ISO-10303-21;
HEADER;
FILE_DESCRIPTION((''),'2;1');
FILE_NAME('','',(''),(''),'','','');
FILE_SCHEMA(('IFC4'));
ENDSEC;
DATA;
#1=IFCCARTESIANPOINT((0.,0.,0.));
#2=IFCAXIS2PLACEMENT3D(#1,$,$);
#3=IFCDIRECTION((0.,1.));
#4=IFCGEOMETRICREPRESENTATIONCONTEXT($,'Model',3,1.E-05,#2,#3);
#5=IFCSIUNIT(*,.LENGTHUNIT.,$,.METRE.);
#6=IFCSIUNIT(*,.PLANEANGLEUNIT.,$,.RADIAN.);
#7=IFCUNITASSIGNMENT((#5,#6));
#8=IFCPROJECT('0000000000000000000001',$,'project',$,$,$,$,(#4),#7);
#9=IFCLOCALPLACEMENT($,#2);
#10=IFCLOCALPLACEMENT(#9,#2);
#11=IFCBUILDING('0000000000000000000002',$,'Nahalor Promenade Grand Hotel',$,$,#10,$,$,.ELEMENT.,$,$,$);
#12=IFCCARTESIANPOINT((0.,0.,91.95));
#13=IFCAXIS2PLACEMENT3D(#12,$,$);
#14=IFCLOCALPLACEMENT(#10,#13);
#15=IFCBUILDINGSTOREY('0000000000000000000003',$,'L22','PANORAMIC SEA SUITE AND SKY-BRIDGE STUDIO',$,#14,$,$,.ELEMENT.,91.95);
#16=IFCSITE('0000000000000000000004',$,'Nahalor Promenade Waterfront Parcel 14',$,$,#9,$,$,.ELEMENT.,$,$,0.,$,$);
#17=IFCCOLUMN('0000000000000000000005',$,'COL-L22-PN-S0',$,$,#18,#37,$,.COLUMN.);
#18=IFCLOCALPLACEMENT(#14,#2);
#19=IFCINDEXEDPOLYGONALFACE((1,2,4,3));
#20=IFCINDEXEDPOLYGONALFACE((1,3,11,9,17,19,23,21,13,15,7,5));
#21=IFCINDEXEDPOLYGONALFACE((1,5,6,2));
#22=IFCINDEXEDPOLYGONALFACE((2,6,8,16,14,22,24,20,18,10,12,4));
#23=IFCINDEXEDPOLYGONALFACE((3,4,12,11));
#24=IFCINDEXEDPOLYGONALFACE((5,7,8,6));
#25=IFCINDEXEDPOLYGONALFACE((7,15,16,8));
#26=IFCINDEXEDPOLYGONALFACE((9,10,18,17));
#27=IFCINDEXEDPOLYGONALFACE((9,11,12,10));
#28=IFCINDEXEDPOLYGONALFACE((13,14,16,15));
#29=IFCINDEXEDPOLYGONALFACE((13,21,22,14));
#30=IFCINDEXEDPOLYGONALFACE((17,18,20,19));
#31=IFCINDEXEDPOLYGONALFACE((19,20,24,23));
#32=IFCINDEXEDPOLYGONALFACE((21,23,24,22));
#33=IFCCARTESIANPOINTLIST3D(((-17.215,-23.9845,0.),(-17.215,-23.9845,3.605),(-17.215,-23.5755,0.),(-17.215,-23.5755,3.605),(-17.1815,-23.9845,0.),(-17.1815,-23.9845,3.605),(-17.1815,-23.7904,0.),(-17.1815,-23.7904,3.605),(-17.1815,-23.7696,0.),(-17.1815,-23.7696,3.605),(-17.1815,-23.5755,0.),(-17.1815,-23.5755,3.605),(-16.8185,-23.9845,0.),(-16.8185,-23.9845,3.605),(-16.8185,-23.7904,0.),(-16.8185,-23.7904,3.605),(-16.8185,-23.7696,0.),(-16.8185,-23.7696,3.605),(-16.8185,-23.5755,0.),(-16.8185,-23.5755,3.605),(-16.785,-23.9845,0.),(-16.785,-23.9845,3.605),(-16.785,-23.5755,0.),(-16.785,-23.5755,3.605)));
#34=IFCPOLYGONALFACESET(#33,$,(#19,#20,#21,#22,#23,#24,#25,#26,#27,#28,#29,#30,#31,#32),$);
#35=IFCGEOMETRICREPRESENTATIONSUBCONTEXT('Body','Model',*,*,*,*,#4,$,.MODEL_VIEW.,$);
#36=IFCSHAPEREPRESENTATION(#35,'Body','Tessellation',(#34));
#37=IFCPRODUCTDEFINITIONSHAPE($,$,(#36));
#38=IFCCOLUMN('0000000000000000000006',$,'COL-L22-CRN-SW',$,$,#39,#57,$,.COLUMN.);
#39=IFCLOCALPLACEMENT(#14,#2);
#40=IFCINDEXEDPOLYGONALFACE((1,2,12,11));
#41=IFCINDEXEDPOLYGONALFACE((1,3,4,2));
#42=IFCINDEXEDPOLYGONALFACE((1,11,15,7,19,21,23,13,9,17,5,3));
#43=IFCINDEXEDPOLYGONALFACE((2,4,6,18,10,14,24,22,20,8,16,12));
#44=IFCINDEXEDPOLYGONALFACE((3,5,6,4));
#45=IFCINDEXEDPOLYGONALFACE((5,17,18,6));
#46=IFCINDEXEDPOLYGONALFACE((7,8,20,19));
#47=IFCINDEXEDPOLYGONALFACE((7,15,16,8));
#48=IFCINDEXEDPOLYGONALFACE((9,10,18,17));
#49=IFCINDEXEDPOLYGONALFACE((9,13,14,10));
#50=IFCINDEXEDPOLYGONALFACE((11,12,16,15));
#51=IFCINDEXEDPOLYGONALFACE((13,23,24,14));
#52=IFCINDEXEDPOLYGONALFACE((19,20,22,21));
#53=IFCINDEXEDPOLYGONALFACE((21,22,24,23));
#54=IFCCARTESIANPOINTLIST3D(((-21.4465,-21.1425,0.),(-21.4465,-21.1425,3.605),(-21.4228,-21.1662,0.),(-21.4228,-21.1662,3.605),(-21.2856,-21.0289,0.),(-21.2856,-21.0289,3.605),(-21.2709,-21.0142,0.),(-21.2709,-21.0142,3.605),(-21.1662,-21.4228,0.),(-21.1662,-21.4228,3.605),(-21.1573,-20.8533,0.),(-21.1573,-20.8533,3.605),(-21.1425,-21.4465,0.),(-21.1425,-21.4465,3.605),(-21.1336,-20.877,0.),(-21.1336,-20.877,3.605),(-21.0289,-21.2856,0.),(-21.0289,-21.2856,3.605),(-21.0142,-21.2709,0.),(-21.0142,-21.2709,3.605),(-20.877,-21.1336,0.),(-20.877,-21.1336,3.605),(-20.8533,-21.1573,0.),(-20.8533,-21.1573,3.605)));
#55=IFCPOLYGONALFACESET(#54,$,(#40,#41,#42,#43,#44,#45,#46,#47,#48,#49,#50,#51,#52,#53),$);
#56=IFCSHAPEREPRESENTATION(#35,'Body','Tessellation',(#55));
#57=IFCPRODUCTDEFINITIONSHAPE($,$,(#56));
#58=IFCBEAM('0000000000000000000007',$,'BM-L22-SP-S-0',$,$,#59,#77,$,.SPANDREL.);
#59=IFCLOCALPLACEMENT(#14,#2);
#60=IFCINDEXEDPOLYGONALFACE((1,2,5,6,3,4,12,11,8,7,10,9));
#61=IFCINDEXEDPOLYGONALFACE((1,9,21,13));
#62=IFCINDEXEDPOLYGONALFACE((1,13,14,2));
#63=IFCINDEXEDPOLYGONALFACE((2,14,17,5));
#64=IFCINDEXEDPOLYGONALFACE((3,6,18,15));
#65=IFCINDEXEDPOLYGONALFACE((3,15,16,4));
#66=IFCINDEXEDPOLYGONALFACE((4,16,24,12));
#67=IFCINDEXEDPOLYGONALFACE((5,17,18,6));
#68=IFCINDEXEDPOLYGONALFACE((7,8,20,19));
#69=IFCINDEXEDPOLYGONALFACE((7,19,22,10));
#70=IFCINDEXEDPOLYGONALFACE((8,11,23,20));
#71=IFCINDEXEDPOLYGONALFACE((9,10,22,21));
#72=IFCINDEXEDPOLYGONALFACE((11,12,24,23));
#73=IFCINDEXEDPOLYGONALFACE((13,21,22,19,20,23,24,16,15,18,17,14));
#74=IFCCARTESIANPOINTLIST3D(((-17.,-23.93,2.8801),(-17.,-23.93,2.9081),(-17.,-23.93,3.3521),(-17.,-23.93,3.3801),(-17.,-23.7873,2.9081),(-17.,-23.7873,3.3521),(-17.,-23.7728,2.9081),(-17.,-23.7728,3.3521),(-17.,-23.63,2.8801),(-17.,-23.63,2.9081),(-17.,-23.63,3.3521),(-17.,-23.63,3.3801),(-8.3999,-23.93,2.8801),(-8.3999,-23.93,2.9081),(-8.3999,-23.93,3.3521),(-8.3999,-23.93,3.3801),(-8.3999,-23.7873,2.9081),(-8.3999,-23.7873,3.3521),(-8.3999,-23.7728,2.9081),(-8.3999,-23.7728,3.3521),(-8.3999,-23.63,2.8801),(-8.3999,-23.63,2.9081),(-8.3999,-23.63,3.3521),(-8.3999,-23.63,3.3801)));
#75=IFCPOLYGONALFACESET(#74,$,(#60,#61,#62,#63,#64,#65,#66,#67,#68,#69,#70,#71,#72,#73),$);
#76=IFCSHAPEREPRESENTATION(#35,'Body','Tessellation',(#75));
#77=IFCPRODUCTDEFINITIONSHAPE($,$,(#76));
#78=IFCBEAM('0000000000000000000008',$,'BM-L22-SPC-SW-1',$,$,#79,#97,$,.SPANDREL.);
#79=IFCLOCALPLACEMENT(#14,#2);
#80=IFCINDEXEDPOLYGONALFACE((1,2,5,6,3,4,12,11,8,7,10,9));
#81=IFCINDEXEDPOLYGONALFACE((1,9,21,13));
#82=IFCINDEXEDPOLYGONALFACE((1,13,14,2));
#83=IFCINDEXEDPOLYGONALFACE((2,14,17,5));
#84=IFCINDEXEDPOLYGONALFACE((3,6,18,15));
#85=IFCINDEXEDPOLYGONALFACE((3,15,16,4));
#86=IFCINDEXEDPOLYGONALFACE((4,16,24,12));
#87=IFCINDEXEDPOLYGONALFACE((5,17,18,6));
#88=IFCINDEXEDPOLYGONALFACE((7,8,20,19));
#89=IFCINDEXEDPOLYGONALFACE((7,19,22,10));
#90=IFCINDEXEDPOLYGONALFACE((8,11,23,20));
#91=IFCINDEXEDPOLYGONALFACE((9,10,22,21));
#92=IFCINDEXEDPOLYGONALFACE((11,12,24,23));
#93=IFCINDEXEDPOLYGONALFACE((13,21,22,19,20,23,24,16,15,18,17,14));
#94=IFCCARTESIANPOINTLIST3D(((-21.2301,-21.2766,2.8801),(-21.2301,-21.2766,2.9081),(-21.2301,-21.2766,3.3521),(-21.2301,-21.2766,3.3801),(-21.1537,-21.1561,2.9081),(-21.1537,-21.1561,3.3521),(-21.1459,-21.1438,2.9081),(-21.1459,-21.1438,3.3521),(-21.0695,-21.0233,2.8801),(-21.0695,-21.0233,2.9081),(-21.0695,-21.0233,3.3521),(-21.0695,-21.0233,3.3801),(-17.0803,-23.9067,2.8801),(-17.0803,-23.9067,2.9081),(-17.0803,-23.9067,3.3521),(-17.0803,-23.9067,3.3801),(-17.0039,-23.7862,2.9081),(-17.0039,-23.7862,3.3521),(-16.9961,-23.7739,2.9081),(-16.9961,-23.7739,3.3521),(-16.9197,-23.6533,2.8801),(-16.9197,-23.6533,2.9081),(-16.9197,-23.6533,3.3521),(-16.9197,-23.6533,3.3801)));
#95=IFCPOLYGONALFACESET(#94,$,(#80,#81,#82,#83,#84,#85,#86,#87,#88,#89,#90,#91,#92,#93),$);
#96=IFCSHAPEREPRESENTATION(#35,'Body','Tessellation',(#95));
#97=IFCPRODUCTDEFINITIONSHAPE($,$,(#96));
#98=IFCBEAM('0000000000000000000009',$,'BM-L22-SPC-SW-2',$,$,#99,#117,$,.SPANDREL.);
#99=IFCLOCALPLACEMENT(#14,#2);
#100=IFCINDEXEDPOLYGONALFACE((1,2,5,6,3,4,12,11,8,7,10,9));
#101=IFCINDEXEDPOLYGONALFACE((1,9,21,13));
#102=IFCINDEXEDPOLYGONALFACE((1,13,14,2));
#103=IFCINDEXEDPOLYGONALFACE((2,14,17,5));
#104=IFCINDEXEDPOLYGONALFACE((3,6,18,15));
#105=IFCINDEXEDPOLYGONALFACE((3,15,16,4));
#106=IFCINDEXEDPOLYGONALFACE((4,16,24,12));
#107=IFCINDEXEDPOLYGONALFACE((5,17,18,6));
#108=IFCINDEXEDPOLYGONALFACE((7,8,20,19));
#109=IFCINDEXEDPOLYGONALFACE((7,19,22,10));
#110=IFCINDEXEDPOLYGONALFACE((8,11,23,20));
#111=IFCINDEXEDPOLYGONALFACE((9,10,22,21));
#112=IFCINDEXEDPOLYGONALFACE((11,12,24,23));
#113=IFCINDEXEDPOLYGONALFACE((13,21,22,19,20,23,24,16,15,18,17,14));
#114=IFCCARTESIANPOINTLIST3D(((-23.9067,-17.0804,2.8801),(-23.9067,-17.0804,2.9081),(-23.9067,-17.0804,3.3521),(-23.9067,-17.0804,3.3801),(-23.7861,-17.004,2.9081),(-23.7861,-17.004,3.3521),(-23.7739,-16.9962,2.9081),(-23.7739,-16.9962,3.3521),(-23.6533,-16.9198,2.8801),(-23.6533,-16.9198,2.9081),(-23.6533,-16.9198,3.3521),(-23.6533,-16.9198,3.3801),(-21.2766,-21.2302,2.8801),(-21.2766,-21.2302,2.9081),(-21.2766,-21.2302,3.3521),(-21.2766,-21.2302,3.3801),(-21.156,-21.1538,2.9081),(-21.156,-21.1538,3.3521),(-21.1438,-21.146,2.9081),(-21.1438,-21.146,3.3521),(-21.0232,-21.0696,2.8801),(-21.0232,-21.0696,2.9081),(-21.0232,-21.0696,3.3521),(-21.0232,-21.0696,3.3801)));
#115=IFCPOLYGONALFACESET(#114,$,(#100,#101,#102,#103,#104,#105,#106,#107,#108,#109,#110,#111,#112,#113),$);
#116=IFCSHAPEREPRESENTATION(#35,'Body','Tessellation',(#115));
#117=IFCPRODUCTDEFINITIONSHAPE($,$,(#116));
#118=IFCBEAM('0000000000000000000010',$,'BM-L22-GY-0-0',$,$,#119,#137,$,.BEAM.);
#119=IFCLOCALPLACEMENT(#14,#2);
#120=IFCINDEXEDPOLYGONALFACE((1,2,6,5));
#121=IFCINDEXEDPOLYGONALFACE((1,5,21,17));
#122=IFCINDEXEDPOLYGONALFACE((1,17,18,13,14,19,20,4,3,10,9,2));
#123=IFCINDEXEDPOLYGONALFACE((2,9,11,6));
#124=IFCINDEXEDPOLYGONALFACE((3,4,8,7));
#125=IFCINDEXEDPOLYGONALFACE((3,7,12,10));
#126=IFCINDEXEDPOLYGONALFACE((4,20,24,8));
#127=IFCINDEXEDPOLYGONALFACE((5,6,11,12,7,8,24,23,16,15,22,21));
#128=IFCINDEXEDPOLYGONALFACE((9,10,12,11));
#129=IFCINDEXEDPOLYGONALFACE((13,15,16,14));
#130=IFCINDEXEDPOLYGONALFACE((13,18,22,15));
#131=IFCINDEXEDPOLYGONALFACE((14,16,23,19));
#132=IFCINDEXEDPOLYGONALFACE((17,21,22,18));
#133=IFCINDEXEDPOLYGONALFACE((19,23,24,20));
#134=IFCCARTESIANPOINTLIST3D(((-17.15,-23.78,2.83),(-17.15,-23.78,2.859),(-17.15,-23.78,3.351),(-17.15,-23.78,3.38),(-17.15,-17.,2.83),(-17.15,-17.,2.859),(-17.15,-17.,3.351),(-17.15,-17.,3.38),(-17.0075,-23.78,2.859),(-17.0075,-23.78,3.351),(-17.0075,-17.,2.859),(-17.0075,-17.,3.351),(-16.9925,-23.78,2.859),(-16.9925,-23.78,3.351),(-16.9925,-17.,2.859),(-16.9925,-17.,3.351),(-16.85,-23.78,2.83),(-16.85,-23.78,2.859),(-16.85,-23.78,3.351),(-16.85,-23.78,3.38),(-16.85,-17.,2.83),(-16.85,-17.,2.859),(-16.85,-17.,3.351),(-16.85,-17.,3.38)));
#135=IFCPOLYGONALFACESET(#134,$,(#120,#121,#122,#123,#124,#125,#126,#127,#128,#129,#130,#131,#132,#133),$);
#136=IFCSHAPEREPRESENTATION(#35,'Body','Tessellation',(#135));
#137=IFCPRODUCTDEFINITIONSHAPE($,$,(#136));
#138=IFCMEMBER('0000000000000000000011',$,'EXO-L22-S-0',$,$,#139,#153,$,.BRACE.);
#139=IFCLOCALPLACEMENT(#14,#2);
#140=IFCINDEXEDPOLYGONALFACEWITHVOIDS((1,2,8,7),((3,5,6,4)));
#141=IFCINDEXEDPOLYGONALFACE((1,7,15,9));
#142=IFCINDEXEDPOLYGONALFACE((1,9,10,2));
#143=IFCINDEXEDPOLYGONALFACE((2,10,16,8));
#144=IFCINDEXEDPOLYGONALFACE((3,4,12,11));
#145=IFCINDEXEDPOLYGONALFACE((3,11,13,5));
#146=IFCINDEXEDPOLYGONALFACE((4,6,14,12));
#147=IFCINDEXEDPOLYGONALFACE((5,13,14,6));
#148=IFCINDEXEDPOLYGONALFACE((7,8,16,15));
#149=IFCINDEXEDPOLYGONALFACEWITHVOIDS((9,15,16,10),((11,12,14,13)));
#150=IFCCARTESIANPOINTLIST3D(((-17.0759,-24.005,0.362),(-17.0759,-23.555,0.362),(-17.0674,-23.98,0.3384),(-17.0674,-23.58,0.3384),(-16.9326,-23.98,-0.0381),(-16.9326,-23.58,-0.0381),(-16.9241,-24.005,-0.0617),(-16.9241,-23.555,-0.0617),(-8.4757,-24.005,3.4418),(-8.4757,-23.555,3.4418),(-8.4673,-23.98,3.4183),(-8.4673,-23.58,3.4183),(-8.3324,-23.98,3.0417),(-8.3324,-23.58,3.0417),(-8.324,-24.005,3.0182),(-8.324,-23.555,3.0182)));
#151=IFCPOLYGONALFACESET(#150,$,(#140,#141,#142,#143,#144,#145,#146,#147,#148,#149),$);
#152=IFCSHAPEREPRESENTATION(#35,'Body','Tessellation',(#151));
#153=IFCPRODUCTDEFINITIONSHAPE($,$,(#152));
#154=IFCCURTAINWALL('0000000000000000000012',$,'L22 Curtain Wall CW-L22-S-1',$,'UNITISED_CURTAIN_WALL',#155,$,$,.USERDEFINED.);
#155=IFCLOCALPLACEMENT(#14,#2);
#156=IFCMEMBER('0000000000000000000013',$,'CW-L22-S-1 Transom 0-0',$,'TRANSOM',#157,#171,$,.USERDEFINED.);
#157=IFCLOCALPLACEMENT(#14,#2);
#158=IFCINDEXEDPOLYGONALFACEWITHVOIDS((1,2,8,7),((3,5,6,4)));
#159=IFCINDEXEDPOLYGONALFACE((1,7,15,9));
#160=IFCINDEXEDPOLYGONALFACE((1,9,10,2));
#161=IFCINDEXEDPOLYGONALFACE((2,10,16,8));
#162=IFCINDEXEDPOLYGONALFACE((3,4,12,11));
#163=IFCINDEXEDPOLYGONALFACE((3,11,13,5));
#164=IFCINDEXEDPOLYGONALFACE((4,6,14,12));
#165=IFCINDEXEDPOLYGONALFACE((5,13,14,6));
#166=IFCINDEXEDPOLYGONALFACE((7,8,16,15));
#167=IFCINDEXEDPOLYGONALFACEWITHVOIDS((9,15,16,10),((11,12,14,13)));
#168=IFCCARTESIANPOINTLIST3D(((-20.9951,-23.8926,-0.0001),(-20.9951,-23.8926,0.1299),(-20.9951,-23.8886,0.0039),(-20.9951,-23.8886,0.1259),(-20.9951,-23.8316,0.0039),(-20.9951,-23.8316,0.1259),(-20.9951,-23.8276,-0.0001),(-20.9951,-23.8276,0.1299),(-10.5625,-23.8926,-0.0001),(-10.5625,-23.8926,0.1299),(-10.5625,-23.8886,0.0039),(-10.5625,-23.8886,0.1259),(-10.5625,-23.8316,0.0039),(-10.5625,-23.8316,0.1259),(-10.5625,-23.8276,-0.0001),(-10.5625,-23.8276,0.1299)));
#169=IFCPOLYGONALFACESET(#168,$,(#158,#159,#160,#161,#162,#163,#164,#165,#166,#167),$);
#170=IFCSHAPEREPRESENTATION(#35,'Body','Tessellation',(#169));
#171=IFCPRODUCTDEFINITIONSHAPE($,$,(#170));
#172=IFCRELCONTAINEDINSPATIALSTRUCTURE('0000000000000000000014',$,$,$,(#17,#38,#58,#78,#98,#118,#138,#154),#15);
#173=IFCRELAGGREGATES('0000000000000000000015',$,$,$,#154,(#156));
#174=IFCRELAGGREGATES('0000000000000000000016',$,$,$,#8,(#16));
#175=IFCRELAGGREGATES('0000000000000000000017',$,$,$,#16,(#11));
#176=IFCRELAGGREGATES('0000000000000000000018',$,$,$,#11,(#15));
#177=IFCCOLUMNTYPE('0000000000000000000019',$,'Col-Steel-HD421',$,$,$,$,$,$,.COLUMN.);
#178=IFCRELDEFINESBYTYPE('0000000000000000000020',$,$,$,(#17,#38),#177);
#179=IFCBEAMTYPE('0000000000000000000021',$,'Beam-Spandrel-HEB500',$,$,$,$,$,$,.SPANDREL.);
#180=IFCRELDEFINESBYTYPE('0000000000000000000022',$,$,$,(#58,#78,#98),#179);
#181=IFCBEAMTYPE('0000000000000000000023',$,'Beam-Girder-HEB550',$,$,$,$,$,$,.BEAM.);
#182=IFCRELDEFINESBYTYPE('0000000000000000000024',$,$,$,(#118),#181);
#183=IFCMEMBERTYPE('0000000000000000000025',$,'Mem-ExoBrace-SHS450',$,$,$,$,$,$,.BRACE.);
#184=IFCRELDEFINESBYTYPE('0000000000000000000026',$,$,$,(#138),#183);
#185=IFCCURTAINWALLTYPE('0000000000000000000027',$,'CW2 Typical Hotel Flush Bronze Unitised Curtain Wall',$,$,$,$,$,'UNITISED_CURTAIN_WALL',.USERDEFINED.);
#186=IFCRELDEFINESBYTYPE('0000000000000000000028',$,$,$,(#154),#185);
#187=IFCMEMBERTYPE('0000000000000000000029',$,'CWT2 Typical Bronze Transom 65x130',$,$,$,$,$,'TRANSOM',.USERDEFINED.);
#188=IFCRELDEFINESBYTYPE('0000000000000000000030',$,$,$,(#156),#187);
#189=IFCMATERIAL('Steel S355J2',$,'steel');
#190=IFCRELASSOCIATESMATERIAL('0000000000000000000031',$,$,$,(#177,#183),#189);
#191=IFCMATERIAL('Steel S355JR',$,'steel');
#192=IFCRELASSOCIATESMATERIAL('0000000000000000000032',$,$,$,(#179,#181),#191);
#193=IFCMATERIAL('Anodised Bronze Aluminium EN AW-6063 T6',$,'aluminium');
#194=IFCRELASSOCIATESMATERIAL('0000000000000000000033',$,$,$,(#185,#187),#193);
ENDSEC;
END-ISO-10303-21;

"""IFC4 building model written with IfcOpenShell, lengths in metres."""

from ifc_helpers import new_model, si_unit, direction, frame, origin, origin_2d, place, context, subcontext, project, spatial, hollow_rectangle, i_section, extrude, source, transform, mapped, material, material_profile, profile_set, type_object, element, aggregate, save


model = new_model("IFC4")

# Units and contexts
model_context = context("Model", 3, precision=1e-05, world=origin(), true_north=direction((0.0, 1.0)))
body_context = subcontext(model_context, "Body", "Model", "MODEL_VIEW")
ifc_project = project(units=[si_unit("LENGTHUNIT", "METRE"), si_unit("PLANEANGLEUNIT", "RADIAN")], contexts=[model_context])

# Site, building, storey
site_placement = place(None, origin())
site = spatial("IfcSite", under=ifc_project, at=site_placement, Name="Nahalor Promenade Waterfront Parcel 14", CompositionType="ELEMENT", RefElevation=0.0)
building_placement = place(site_placement, origin())
building = spatial("IfcBuilding", under=site, at=building_placement, Name="Nahalor Promenade Grand Hotel", CompositionType="ELEMENT")
storey_placement = place(building_placement, frame((0.0, 0.0, 91.95)))
storey = spatial("IfcBuildingStorey", under=building, at=storey_placement, Name="L22", Description="PANORAMIC SEA SUITE AND SKY-BRIDGE STUDIO", CompositionType="ELEMENT", Elevation=91.95)

# Columns
ifc_material_1 = material(Name="Steel S355J2", Category="steel")
ifc_material_profile_1 = material_profile(ifc_material_1, i_section(OverallWidth=0.409, OverallDepth=0.43, WebThickness=0.0208, FlangeThickness=0.0335, at=origin_2d()), Name="HD 400x421")
ifc_profile_set_1 = profile_set([ifc_material_profile_1], Name="Steel S355J2")
column_type = type_object("IfcColumnType", Name="Col-Steel-HD421", PredefinedType="COLUMN", material=ifc_profile_set_1)
shared_shape_1 = source(origin(), body_context, "Body", "SweptSolid", [
    extrude(i_section(OverallWidth=0.409, OverallDepth=0.43, WebThickness=0.0208, FlangeThickness=0.0335, at=origin_2d()), origin(), (0.0, 0.0, 1.0), 3.605),
])
for number, where, z_axis, x_axis, name in (
    (1, (-17.0, -23.78, 0.0), (0.0, 0.0, 1.0), (0.0, 1.0, 0.0), "COL-L22-PN-S0"),
    (2, (-21.1499, -21.1499, 0.0), (0.0, 0.0, 1.0), (0.707107, 0.707107, 0.0), "COL-L22-CRN-SW"),
):
    element("IfcColumn", number, at=place(storey_placement, frame(where, z_axis=z_axis, x_axis=x_axis)), inside=storey, type_object=column_type, Name=name, PredefinedType="COLUMN", context=body_context, shape_type="MappedRepresentation", body=[
        mapped(shared_shape_1, transform((0.0, 0.0, 0.0), scale=1.0)),
    ])

# Beams
ifc_material_2 = material(Name="Steel S355JR", Category="steel")
ifc_material_profile_2 = material_profile(ifc_material_2, i_section(OverallWidth=0.3, OverallDepth=0.5, WebThickness=0.0145, FlangeThickness=0.028, at=origin_2d()), Name="HEB 500")
ifc_profile_set_2 = profile_set([ifc_material_profile_2], Name="Steel S355JR")
beam_type_1 = type_object("IfcBeamType", Name="Beam-Spandrel-HEB500", PredefinedType="SPANDREL", material=ifc_profile_set_2)
shared_shape_2 = source(origin(), body_context, "Body", "SweptSolid", [
    extrude(i_section(OverallWidth=0.3, OverallDepth=0.5, WebThickness=0.0145, FlangeThickness=0.028, at=origin_2d()), origin(), (0.0, 0.0, 1.0), 8.6001),
])
beam_1_placement = place(storey_placement, frame((-17.0, -23.78, 3.1301), z_axis=(1.0, 0.0, 0.0), x_axis=(0.0, 1.0, 0.0)))
element("IfcBeam", 3, at=beam_1_placement, inside=storey, type_object=beam_type_1, Name="BM-L22-SP-S-0", PredefinedType="SPANDREL", context=body_context, shape_type="MappedRepresentation", body=[
    mapped(shared_shape_2, transform((0.0, 0.0, 0.0), scale=1.0)),
])
shared_shape_3 = source(origin(), body_context, "Body", "SweptSolid", [
    extrude(i_section(OverallWidth=0.3, OverallDepth=0.5, WebThickness=0.0145, FlangeThickness=0.028, at=origin_2d()), origin(), (0.0, 0.0, 1.0), 4.9131),
])
for number, where, z_axis, x_axis, name in (
    (4, (-17.0, -23.78, 3.1301), (-0.844648, 0.535322, 0.0), (-0.535322, -0.844648, 0.0), "BM-L22-SPC-SW-1"),
    (5, (-21.1499, -21.1499, 3.1301), (-0.535322, 0.844648, 0.0), (-0.844648, -0.535322, 0.0), "BM-L22-SPC-SW-2"),
):
    element("IfcBeam", number, at=place(storey_placement, frame(where, z_axis=z_axis, x_axis=x_axis)), inside=storey, type_object=beam_type_1, Name=name, PredefinedType="SPANDREL", context=body_context, shape_type="MappedRepresentation", body=[
        mapped(shared_shape_3, transform((0.0, 0.0, 0.0), scale=1.0)),
    ])
ifc_material_profile_3 = material_profile(ifc_material_2, i_section(OverallWidth=0.3, OverallDepth=0.55, WebThickness=0.015, FlangeThickness=0.029, at=origin_2d()), Name="HEB 550")
ifc_profile_set_3 = profile_set([ifc_material_profile_3], Name="Steel S355JR")
beam_type_2 = type_object("IfcBeamType", Name="Beam-Girder-HEB550", PredefinedType="BEAM", material=ifc_profile_set_3)
shared_shape_4 = source(origin(), body_context, "Body", "SweptSolid", [
    extrude(i_section(OverallWidth=0.3, OverallDepth=0.55, WebThickness=0.015, FlangeThickness=0.029, at=origin_2d()), origin(), (0.0, 0.0, 1.0), 6.78),
])
beam_2_placement = place(storey_placement, frame((-17.0, -23.78, 3.105), z_axis=(0.0, 1.0, 0.0), x_axis=(-1.0, 0.0, 0.0)))
element("IfcBeam", 6, at=beam_2_placement, inside=storey, type_object=beam_type_2, Name="BM-L22-GY-0-0", PredefinedType="BEAM", context=body_context, shape_type="MappedRepresentation", body=[
    mapped(shared_shape_4, transform((0.0, 0.0, 0.0), scale=1.0)),
])

# Member
ifc_material_profile_4 = material_profile(ifc_material_1, hollow_rectangle(XDim=0.45, YDim=0.45, WallThickness=0.025, at=origin_2d()), Name="SHS 450x450x25")
ifc_profile_set_4 = profile_set([ifc_material_profile_4], Name="Steel S355J2")
member_type_1 = type_object("IfcMemberType", Name="Mem-ExoBrace-SHS450", PredefinedType="BRACE", material=ifc_profile_set_4)
shared_shape_5 = source(origin(), body_context, "Body", "SweptSolid", [
    extrude(hollow_rectangle(XDim=0.45, YDim=0.45, WallThickness=0.025, at=origin_2d()), origin(), (0.0, 0.0, 1.0), 9.135),
])
member_1_placement = place(storey_placement, frame((-17.0, -23.78, 0.1501), z_axis=(0.941451, 0.0, 0.337149), x_axis=(0.0, 1.0, 0.0)))
element("IfcMember", 7, at=member_1_placement, inside=storey, type_object=member_type_1, Name="EXO-L22-S-0", PredefinedType="BRACE", context=body_context, shape_type="MappedRepresentation", body=[
    mapped(shared_shape_5, transform((0.0, 0.0, 0.0), scale=1.0)),
])

# Curtain wall, member
ifc_material_3 = material(Name="Anodised Bronze Aluminium EN AW-6063 T6", Category="aluminium")
curtain_wall_type = type_object("IfcCurtainWallType", Name="CW2 Typical Hotel Flush Bronze Unitised Curtain Wall", ElementType="UNITISED_CURTAIN_WALL", PredefinedType="USERDEFINED", material=ifc_material_3)
curtain_wall_1_placement = place(storey_placement, origin())
curtain_wall_1 = element("IfcCurtainWall", 8, at=curtain_wall_1_placement, inside=storey, type_object=curtain_wall_type, Name="L22 Curtain Wall CW-L22-S-1", ObjectType="UNITISED_CURTAIN_WALL", PredefinedType="USERDEFINED")
ifc_material_profile_5 = material_profile(ifc_material_3, hollow_rectangle(XDim=0.065, YDim=0.13, WallThickness=0.004, at=origin_2d()), Name="CWT 65x130x4")
ifc_profile_set_5 = profile_set([ifc_material_profile_5], Name="Anodised Bronze Aluminium EN AW-6063 T6")
member_type_2 = type_object("IfcMemberType", Name="CWT2 Typical Bronze Transom 65x130", ElementType="TRANSOM", PredefinedType="USERDEFINED", material=ifc_profile_set_5)
shared_shape_6 = source(origin(), body_context, "Body", "SweptSolid", [
    extrude(hollow_rectangle(XDim=0.065, YDim=0.13, WallThickness=0.004, at=origin_2d()), origin(), (0.0, 0.0, 1.0), 10.4326),
])
member_2_placement = place(storey_placement, frame((-20.9951, -23.8601, 0.0649), z_axis=(1.0, 0.0, 0.0), x_axis=(0.0, 1.0, 0.0)))
member_2 = element("IfcMember", 9, at=member_2_placement, type_object=member_type_2, Name="CW-L22-S-1 Transom 0-0", ObjectType="TRANSOM", PredefinedType="USERDEFINED", context=body_context, shape_type="MappedRepresentation", body=[
    mapped(shared_shape_6, transform((0.0, 0.0, 0.0), scale=1.0)),
])

aggregate(curtain_wall_1, [member_2])

save(model, "model.ifc")
